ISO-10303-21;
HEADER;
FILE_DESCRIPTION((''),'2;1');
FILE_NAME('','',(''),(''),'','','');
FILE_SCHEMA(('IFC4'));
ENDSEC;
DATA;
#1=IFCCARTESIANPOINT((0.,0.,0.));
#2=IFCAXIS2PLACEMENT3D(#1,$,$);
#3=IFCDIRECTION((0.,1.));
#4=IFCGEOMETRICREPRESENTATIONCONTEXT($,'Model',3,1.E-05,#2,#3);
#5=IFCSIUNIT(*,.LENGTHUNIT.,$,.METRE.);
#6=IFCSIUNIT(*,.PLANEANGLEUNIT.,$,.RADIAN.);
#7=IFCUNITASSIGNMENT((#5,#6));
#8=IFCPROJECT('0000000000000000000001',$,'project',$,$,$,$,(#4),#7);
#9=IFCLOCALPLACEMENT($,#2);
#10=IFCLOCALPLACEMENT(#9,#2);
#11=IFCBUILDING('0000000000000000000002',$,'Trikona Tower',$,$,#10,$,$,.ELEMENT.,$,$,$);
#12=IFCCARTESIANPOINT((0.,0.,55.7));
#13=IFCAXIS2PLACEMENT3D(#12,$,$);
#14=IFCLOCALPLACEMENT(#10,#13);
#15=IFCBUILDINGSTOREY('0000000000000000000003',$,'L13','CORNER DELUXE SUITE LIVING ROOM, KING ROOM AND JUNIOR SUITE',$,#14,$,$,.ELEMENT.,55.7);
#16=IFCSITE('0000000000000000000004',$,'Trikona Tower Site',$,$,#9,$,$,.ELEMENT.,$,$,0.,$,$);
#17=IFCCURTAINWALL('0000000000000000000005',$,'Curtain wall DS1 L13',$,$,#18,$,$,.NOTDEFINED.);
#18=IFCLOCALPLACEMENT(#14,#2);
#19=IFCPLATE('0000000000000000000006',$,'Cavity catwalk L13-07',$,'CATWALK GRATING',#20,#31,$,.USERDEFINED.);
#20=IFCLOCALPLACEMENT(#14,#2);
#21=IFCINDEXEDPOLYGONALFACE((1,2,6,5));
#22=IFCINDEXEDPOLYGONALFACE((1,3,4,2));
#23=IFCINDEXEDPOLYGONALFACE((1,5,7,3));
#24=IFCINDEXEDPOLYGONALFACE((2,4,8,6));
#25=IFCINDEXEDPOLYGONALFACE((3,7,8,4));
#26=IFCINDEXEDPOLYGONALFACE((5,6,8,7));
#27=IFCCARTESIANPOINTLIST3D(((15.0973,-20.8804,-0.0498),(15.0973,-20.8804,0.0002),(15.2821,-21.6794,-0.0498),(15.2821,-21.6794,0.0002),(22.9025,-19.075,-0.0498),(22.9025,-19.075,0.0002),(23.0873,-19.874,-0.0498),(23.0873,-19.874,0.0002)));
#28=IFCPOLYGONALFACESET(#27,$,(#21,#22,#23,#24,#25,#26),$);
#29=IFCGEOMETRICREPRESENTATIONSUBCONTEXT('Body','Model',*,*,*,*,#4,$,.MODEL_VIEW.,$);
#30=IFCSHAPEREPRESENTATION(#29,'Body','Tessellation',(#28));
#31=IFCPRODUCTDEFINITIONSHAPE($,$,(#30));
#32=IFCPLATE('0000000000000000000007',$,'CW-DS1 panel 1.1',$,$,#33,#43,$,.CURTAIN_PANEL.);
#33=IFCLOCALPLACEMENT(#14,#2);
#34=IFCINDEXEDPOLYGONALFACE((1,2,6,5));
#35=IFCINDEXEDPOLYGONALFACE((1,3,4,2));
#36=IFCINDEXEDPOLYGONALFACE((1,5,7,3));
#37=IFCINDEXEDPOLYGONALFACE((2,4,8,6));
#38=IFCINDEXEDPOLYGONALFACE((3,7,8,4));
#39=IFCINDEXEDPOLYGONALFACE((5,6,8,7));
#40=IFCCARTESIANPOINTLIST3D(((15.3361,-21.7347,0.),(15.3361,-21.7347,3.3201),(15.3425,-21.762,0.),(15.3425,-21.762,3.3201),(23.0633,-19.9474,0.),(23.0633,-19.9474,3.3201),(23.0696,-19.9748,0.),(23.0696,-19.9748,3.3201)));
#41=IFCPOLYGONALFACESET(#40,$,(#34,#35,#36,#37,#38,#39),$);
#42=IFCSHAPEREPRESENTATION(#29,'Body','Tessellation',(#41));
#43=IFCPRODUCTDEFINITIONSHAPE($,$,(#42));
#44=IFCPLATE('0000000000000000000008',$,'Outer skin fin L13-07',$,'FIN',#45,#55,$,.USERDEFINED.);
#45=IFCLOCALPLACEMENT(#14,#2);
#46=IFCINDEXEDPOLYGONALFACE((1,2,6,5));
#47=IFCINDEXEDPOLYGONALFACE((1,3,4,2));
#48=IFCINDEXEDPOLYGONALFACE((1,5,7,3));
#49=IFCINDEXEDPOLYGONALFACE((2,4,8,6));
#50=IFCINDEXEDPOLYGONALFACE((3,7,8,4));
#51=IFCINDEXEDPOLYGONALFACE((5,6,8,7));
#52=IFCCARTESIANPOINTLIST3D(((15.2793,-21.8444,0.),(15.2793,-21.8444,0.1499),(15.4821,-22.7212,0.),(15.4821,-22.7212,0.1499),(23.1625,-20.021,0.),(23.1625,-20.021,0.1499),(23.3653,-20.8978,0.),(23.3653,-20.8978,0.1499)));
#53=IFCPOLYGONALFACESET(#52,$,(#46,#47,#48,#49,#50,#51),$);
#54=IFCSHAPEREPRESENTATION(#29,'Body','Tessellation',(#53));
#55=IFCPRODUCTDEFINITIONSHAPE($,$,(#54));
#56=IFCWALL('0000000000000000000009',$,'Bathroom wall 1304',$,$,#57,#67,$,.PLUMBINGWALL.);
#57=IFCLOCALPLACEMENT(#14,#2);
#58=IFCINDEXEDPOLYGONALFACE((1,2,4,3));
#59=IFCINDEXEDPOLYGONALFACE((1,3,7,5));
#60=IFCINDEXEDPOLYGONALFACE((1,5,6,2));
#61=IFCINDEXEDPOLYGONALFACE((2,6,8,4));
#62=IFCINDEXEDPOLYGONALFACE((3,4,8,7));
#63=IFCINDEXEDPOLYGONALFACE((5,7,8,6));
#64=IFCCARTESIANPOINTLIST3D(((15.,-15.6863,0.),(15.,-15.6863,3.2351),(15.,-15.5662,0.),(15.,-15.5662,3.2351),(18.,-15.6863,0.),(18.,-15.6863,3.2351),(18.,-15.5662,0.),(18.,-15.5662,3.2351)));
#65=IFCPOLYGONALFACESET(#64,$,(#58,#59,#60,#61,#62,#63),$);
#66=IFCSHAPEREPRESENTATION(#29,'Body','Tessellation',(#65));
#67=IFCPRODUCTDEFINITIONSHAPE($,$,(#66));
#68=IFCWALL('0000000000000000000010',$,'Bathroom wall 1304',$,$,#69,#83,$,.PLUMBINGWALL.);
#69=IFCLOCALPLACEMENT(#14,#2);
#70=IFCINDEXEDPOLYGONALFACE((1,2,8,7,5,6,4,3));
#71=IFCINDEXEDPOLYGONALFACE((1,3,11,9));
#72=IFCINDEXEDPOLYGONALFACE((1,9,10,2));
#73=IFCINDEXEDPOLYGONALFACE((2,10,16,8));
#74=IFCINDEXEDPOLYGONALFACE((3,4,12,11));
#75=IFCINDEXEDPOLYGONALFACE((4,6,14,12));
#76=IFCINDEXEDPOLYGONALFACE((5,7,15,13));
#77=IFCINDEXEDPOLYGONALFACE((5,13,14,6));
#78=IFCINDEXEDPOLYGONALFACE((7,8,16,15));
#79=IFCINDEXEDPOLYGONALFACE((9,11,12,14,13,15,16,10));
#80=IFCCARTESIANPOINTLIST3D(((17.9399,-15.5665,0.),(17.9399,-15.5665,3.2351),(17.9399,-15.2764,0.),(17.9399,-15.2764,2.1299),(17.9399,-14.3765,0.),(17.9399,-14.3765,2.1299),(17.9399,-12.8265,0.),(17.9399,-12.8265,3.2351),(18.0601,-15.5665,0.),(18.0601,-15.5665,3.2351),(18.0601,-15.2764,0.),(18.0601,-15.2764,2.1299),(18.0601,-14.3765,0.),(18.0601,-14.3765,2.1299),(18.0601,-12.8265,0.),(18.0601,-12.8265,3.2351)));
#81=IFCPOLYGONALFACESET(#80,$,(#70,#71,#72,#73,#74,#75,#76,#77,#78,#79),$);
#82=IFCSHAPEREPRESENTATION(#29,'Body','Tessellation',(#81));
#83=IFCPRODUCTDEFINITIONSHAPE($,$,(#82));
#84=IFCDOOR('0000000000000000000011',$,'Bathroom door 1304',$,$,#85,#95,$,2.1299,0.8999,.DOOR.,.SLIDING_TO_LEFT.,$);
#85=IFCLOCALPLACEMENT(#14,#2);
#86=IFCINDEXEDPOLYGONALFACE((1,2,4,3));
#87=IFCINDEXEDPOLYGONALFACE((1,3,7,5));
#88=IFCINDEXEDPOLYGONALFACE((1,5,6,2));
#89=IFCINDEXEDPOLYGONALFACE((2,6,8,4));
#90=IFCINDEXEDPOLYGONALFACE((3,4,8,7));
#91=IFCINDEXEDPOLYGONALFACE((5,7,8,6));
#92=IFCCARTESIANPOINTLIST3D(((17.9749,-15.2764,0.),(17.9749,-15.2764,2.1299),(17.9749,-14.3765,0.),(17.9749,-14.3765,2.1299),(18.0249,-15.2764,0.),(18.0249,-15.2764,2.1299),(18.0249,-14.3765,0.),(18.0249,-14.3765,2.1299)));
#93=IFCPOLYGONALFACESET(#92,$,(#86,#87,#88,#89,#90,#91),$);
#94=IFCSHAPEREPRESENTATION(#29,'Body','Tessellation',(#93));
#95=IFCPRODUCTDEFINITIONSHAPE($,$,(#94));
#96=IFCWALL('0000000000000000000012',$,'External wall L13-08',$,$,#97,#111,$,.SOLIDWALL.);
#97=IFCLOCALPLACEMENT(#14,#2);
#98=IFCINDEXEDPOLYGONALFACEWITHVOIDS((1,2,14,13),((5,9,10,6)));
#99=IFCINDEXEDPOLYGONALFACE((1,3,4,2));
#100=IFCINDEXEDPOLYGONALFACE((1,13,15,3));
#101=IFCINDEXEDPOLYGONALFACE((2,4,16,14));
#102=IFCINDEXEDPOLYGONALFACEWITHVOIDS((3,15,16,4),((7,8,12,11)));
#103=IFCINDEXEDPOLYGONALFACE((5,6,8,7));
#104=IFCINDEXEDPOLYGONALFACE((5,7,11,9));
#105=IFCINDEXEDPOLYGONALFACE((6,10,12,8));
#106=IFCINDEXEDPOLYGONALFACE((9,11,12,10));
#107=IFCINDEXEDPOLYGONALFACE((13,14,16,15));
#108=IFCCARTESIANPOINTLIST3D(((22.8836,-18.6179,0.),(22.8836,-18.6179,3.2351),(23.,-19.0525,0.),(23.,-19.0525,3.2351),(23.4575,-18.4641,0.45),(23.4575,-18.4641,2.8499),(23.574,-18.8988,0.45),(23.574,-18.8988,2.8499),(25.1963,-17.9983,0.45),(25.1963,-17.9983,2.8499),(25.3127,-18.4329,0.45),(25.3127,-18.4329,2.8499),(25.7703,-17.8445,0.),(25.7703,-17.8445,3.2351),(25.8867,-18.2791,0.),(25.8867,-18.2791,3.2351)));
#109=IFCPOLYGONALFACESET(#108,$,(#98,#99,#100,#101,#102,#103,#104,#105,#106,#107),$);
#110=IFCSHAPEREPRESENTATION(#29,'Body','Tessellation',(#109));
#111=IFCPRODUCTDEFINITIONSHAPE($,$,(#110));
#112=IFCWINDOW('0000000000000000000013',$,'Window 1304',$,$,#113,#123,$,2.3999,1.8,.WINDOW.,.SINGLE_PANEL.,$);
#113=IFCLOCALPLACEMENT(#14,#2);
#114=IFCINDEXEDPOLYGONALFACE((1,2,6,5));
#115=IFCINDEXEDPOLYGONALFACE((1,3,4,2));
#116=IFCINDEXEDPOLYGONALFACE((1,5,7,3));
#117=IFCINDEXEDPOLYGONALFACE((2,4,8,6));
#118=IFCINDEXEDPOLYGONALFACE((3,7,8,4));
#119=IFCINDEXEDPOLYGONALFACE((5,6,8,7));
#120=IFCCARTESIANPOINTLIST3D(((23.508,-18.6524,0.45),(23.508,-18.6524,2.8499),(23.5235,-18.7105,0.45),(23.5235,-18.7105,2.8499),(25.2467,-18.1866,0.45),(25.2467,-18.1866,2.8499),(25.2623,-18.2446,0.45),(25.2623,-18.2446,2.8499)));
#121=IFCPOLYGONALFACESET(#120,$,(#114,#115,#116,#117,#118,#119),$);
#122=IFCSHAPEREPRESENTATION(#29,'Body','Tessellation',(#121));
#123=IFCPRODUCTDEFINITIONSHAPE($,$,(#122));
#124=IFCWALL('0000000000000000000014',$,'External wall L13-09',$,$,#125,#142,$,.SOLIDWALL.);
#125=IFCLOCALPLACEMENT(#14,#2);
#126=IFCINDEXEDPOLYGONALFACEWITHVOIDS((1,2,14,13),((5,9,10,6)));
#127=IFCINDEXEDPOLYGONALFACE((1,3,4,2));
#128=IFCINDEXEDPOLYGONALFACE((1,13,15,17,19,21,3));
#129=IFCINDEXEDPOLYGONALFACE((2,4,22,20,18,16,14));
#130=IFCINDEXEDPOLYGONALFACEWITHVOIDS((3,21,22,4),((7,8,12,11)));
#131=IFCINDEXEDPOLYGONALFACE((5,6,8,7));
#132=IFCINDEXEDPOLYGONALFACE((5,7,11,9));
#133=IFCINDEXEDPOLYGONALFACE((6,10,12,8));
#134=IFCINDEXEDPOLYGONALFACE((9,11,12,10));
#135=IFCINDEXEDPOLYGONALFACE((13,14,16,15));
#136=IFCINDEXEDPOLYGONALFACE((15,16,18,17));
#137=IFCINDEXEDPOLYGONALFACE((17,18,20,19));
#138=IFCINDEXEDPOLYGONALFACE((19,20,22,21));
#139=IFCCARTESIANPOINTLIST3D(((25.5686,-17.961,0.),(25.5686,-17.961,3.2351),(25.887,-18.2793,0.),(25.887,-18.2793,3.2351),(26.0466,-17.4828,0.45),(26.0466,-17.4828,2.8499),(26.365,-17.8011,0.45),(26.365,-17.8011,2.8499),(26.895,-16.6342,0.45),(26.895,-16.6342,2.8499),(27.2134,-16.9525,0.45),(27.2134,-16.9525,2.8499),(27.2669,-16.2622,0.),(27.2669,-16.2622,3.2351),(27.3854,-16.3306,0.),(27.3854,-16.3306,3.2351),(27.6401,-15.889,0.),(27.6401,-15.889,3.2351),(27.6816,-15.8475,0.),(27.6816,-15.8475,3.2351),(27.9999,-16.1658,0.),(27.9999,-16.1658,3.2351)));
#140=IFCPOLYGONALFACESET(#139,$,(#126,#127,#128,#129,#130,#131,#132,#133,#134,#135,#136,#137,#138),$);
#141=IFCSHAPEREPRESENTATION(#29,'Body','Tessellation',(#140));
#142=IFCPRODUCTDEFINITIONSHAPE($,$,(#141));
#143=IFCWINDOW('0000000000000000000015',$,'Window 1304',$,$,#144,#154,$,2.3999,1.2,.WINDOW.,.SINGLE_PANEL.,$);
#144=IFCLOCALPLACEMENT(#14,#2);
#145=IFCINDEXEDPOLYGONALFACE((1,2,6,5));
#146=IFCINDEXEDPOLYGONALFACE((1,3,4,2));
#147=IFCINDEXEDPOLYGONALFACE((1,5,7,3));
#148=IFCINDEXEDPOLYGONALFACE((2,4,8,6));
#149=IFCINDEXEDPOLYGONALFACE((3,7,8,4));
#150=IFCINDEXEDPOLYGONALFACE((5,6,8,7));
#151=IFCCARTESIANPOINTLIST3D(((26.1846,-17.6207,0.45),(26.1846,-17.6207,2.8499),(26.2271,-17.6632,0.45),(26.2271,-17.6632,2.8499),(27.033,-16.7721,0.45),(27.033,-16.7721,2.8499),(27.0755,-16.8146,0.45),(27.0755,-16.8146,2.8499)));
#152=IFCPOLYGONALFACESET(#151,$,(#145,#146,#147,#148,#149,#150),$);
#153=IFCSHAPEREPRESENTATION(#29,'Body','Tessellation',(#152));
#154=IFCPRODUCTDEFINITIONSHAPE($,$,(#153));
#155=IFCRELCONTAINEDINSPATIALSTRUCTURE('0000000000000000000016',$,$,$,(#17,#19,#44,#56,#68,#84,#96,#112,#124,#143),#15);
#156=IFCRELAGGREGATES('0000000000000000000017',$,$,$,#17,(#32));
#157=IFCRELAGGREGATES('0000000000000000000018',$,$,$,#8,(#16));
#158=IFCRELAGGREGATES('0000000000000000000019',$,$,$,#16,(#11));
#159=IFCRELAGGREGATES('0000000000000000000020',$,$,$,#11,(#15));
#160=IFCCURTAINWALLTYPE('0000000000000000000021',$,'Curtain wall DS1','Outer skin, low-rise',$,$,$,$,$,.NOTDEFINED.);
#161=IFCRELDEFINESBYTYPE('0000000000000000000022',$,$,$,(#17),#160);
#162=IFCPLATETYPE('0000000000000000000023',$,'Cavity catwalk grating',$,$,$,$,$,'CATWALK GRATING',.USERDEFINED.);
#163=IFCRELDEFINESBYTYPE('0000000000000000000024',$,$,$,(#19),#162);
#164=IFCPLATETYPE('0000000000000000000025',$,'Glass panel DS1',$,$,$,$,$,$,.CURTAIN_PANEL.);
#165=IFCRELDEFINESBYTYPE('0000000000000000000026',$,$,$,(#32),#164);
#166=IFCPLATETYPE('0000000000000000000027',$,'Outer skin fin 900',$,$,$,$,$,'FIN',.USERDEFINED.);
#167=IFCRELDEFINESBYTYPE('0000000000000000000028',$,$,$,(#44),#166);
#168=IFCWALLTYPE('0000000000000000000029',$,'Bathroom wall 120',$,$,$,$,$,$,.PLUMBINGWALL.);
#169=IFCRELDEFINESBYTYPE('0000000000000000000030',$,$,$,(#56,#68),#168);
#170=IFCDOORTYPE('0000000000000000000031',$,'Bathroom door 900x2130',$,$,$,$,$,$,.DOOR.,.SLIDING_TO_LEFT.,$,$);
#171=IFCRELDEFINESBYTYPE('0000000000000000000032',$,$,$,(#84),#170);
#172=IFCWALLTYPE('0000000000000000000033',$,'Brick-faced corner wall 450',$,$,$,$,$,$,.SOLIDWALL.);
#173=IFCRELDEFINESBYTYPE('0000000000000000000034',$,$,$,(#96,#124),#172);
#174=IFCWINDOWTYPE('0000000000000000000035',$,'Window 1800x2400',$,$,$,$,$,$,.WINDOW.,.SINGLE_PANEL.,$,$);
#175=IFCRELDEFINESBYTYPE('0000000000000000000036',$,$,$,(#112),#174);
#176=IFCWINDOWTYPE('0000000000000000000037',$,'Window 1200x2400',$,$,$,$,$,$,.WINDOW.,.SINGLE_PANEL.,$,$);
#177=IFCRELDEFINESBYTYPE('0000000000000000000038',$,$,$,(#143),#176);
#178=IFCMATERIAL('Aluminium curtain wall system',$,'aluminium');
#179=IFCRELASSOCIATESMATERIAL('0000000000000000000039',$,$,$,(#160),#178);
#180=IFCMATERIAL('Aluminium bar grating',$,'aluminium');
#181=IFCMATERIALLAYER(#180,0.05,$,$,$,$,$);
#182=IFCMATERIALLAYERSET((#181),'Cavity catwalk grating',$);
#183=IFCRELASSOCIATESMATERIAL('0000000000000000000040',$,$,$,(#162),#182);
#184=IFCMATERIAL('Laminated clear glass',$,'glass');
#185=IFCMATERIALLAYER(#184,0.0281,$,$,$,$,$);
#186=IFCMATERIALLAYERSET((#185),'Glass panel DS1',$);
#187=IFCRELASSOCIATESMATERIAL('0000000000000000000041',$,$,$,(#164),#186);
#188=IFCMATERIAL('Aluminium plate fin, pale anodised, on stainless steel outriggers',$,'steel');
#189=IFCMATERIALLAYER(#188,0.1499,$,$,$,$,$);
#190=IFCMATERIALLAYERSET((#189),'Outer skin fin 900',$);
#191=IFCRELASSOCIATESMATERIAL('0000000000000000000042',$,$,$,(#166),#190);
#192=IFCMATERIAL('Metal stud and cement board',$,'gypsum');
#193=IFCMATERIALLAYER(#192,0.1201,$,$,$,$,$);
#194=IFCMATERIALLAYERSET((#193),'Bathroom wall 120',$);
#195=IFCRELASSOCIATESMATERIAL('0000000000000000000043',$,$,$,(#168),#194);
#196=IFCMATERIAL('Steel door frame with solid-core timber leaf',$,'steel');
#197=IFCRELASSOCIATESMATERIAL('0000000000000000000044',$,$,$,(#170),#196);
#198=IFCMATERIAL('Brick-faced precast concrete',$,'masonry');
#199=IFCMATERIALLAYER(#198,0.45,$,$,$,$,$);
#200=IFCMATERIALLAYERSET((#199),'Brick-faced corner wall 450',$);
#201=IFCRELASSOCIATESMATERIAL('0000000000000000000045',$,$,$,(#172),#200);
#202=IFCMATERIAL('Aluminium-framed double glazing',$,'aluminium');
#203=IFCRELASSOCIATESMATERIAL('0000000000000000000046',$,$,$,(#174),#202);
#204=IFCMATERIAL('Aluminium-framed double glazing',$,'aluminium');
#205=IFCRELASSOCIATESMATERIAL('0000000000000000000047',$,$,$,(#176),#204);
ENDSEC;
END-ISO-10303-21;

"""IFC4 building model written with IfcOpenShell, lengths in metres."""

from ifc_helpers import new_model, si_unit, direction, frame, frame_2d, origin, origin_2d, place, context, subcontext, project, spatial, polyline, rectangle, outline, extrude, material, layer, layer_set, type_object, element, fill, aggregate, save


model = new_model("IFC4")

# Units and contexts
model_context = context("Model", 3, precision=1e-05, world=origin(), true_north=direction((0.0, 1.0)))
body_context = subcontext(model_context, "Body", "Model", "MODEL_VIEW")
ifc_project = project(units=[si_unit("LENGTHUNIT", "METRE"), si_unit("PLANEANGLEUNIT", "RADIAN")], contexts=[model_context])

# Site, building, storey
site_placement = place(None, origin())
site = spatial("IfcSite", under=ifc_project, at=site_placement, Name="Trikona Tower Site", CompositionType="ELEMENT", RefElevation=0.0)
building_placement = place(site_placement, origin())
building = spatial("IfcBuilding", under=site, at=building_placement, Name="Trikona Tower", CompositionType="ELEMENT")
storey_placement = place(building_placement, frame((0.0, 0.0, 55.7)))
storey = spatial("IfcBuildingStorey", under=building, at=storey_placement, Name="L13", Description="CORNER DELUXE SUITE LIVING ROOM, KING ROOM AND JUNIOR SUITE", CompositionType="ELEMENT", Elevation=55.7)

# Shared definitions
ifc_material_1 = material(Name="Aluminium curtain wall system", Category="aluminium")
curtain_wall_type = type_object("IfcCurtainWallType", Name="Curtain wall DS1", Description="Outer skin, low-rise", PredefinedType="NOTDEFINED", material=ifc_material_1)

# Curtain wall
curtain_wall_1_placement = place(storey_placement, origin())
curtain_wall_1 = element("IfcCurtainWall", 1, at=curtain_wall_1_placement, inside=storey, type_object=curtain_wall_type, Name="Curtain wall DS1 L13", PredefinedType="NOTDEFINED")

# Plates
ifc_material_2 = material(Name="Aluminium bar grating", Category="aluminium")
ifc_layer_1 = layer(ifc_material_2, 0.05)
ifc_layer_set_1 = layer_set([ifc_layer_1], Name="Cavity catwalk grating")
plate_type_1 = type_object("IfcPlateType", Name="Cavity catwalk grating", ElementType="CATWALK GRATING", PredefinedType="USERDEFINED", material=ifc_layer_set_1)
plate_1_placement = place(storey_placement, frame((19.0923, -20.3772, -0.0498), z_axis=(0.0, 0.0, 1.0), x_axis=(0.974278, 0.225351, 0.0)))
element("IfcPlate", 2, at=plate_1_placement, inside=storey, type_object=plate_type_1, Name="Cavity catwalk L13-07", ObjectType="CATWALK GRATING", PredefinedType="USERDEFINED", context=body_context, shape_type="SweptSolid", body=[
    extrude(rectangle(XDim=8.0112, YDim=0.8201, at=origin_2d()), origin(), (0.0, 0.0, 1.0), 0.05),
])
ifc_material_3 = material(Name="Laminated clear glass", Category="glass")
ifc_layer_2 = layer(ifc_material_3, 0.0281)
ifc_layer_set_2 = layer_set([ifc_layer_2], Name="Glass panel DS1")
plate_type_2 = type_object("IfcPlateType", Name="Glass panel DS1", PredefinedType="CURTAIN_PANEL", material=ifc_layer_set_2)
plate_2_placement = place(storey_placement, frame((19.2029, -20.8547, 0.0), z_axis=(0.0, 0.0, 1.0), x_axis=(0.974279, 0.225343, 0.0)))
plate_2 = element("IfcPlate", 3, at=plate_2_placement, type_object=plate_type_2, Name="CW-DS1 panel 1.1", PredefinedType="CURTAIN_PANEL", context=body_context, shape_type="SweptSolid", body=[
    extrude(rectangle(XDim=7.9312, YDim=0.0281, at=origin_2d()), origin(), (0.0, 0.0, 1.0), 3.3201),
])
aggregate(curtain_wall_1, [plate_2])
ifc_material_4 = material(Name="Aluminium plate fin, pale anodised, on stainless steel outriggers", Category="steel")
ifc_layer_3 = layer(ifc_material_4, 0.1499)
ifc_layer_set_3 = layer_set([ifc_layer_3], Name="Outer skin fin 900")
plate_type_3 = type_object("IfcPlateType", Name="Outer skin fin 900", ElementType="FIN", PredefinedType="USERDEFINED", material=ifc_layer_set_3)
plate_3_placement = place(storey_placement, frame((19.3223, -21.3711, 0.0), z_axis=(0.0, 0.0, 1.0), x_axis=(0.974278, 0.225351, 0.0)))
element("IfcPlate", 4, at=plate_3_placement, inside=storey, type_object=plate_type_3, Name="Outer skin fin L13-07", ObjectType="FIN", PredefinedType="USERDEFINED", context=body_context, shape_type="SweptSolid", body=[
    extrude(rectangle(XDim=8.0913, YDim=0.8999, at=origin_2d()), origin(), (0.0, 0.0, 1.0), 0.1499),
])

# Wall
ifc_material_5 = material(Name="Metal stud and cement board", Category="gypsum")
ifc_layer_4 = layer(ifc_material_5, 0.1201)
ifc_layer_set_4 = layer_set([ifc_layer_4], Name="Bathroom wall 120")
wall_type_1 = type_object("IfcWallType", Name="Bathroom wall 120", PredefinedType="PLUMBINGWALL", material=ifc_layer_set_4)
wall_1_placement = place(storey_placement, frame((15.0, -15.6262, 0.0), z_axis=(0.0, 0.0, 1.0), x_axis=(1.0, 0.0, 0.0)))
element("IfcWall", 5, at=wall_1_placement, inside=storey, type_object=wall_type_1, Name="Bathroom wall 1304", PredefinedType="PLUMBINGWALL", context=body_context, shape_type="SweptSolid", body=[
    extrude(rectangle(XDim=3.0, YDim=0.1201, at=frame_2d((1.5, 0.0))), origin(), (0.0, 0.0, 1.0), 3.2351),
])

# Wall, opening, door
wall_2_placement = place(storey_placement, frame((18.0, -12.8264, 0.0), z_axis=(0.0, 0.0, 1.0), x_axis=(0.0, -1.0, 0.0)))
wall_2 = element("IfcWall", 6, at=wall_2_placement, inside=storey, type_object=wall_type_1, Name="Bathroom wall 1304", PredefinedType="PLUMBINGWALL", context=body_context, shape_type="SweptSolid", body=[
    extrude(rectangle(XDim=2.74, YDim=0.1201, at=frame_2d((1.3701, 0.0))), origin(), (0.0, 0.0, 1.0), 3.2351),
])
opening_1_placement = place(wall_2_placement, frame((1.55, 0.0, 0.0)))
opening_1 = element("IfcOpeningElement", 7, at=opening_1_placement, cuts=wall_2, PredefinedType="OPENING", context=body_context, shape_type="SweptSolid", body=[
    extrude(rectangle(XDim=0.8999, YDim=2.1299, at=frame_2d((0.45, 1.0649))), frame((0.0, 0.0701, 0.0), z_axis=(0.0, -1.0, 0.0), x_axis=(1.0, 0.0, 0.0)), (0.0, 0.0, 1.0), 0.1401),
])
ifc_material_6 = material(Name="Steel door frame with solid-core timber leaf", Category="steel")
door_type = type_object("IfcDoorType", Name="Bathroom door 900x2130", OperationType="SLIDING_TO_LEFT", PredefinedType="DOOR", material=ifc_material_6)
door_placement = place(opening_1_placement, origin())
door = element("IfcDoor", 8, at=door_placement, inside=storey, type_object=door_type, Name="Bathroom door 1304", OperationType="SLIDING_TO_LEFT", OverallHeight=2.1299, OverallWidth=0.8999, PredefinedType="DOOR", context=body_context, shape_type="SweptSolid", body=[
    extrude(rectangle(XDim=0.8999, YDim=2.1299, at=frame_2d((0.45, 1.0649))), frame((0.0, 0.0249, 0.0), z_axis=(0.0, -1.0, 0.0), x_axis=(1.0, 0.0, 0.0)), (0.0, 0.0, 1.0), 0.05),
])
fill(opening_1, door)

# Walls, openings, windows
ifc_material_7 = material(Name="Brick-faced precast concrete", Category="masonry")
ifc_layer_5 = layer(ifc_material_7, 0.45)
ifc_layer_set_5 = layer_set([ifc_layer_5], Name="Brick-faced corner wall 450")
wall_type_2 = type_object("IfcWallType", Name="Brick-faced corner wall 450", PredefinedType="SOLIDWALL", material=ifc_layer_set_5)
wall_3_placement = place(storey_placement, frame((22.9419, -18.8352, 0.0), z_axis=(0.0, 0.0, 1.0), x_axis=(0.965931, 0.258801, 0.0)))
wall_3 = element("IfcWall", 9, at=wall_3_placement, inside=storey, type_object=wall_type_2, Name="External wall L13-08", PredefinedType="SOLIDWALL", context=body_context, shape_type="SweptSolid", body=[
    extrude(rectangle(XDim=2.9885, YDim=0.45, at=frame_2d((1.4941, 0.0))), origin(), (0.0, 0.0, 1.0), 3.2351),
])
opening_2_placement = place(wall_3_placement, frame((0.5942, 0.0, 0.45)))
opening_2 = element("IfcOpeningElement", 10, at=opening_2_placement, cuts=wall_3, PredefinedType="OPENING", context=body_context, shape_type="SweptSolid", body=[
    extrude(rectangle(XDim=1.8, YDim=2.3999, at=frame_2d((0.8999, 1.2))), frame((0.0, 0.2349, 0.0), z_axis=(0.0, -1.0, 0.0), x_axis=(1.0, 0.0, 0.0)), (0.0, 0.0, 1.0), 0.47),
])
ifc_material_8 = material(Name="Aluminium-framed double glazing", Category="aluminium")
window_type_1 = type_object("IfcWindowType", Name="Window 1800x2400", PartitioningType="SINGLE_PANEL", PredefinedType="WINDOW", material=ifc_material_8)
window_1_placement = place(opening_2_placement, origin())
window_1 = element("IfcWindow", 11, at=window_1_placement, inside=storey, type_object=window_type_1, Name="Window 1304", OverallHeight=2.3999, OverallWidth=1.8, PartitioningType="SINGLE_PANEL", PredefinedType="WINDOW", context=body_context, shape_type="SweptSolid", body=[
    extrude(rectangle(XDim=1.8, YDim=2.3999, at=frame_2d((0.8999, 1.2))), frame((0.0, 0.03, 0.0), z_axis=(0.0, -1.0, 0.0), x_axis=(1.0, 0.0, 0.0)), (0.0, 0.0, 1.0), 0.0601),
])
fill(opening_2, window_1)
wall_4_placement = place(storey_placement, frame((25.7278, -18.1201, 0.0), z_axis=(0.0, 0.0, 1.0), x_axis=(0.707025, 0.707188, 0.0)))
wall_4 = element("IfcWall", 12, at=wall_4_placement, inside=storey, type_object=wall_type_2, Name="External wall L13-09", PredefinedType="SOLIDWALL", context=body_context, shape_type="SweptSolid", body=[
    extrude(outline(polyline([(2.9885, 0.2251), (2.9299, 0.2251), (2.4375, 0.093), (2.4021, 0.2251), (0.0, 0.2251), (0.0, -0.2251), (2.9885, -0.2251), (2.9885, 0.2251)])), origin(), (0.0, 0.0, 1.0), 3.2351),
])
opening_3_placement = place(wall_4_placement, frame((0.676, 0.0, 0.45)))
opening_3 = element("IfcOpeningElement", 13, at=opening_3_placement, cuts=wall_4, PredefinedType="OPENING", context=body_context, shape_type="SweptSolid", body=[
    extrude(rectangle(XDim=1.2, YDim=2.3999, at=frame_2d((0.6001, 1.2))), frame((0.0, 0.2349, 0.0), z_axis=(0.0, -1.0, 0.0), x_axis=(1.0, 0.0, 0.0)), (0.0, 0.0, 1.0), 0.47),
])
ifc_material_9 = material(Name="Aluminium-framed double glazing", Category="aluminium")
window_type_2 = type_object("IfcWindowType", Name="Window 1200x2400", PartitioningType="SINGLE_PANEL", PredefinedType="WINDOW", material=ifc_material_9)
window_2_placement = place(opening_3_placement, origin())
window_2 = element("IfcWindow", 14, at=window_2_placement, inside=storey, type_object=window_type_2, Name="Window 1304", OverallHeight=2.3999, OverallWidth=1.2, PartitioningType="SINGLE_PANEL", PredefinedType="WINDOW", context=body_context, shape_type="SweptSolid", body=[
    extrude(rectangle(XDim=1.2, YDim=2.3999, at=frame_2d((0.6001, 1.2))), frame((0.0, 0.03, 0.0), z_axis=(0.0, -1.0, 0.0), x_axis=(1.0, 0.0, 0.0)), (0.0, 0.0, 1.0), 0.0601),
])
fill(opening_3, window_2)

save(model, "model.ifc")
